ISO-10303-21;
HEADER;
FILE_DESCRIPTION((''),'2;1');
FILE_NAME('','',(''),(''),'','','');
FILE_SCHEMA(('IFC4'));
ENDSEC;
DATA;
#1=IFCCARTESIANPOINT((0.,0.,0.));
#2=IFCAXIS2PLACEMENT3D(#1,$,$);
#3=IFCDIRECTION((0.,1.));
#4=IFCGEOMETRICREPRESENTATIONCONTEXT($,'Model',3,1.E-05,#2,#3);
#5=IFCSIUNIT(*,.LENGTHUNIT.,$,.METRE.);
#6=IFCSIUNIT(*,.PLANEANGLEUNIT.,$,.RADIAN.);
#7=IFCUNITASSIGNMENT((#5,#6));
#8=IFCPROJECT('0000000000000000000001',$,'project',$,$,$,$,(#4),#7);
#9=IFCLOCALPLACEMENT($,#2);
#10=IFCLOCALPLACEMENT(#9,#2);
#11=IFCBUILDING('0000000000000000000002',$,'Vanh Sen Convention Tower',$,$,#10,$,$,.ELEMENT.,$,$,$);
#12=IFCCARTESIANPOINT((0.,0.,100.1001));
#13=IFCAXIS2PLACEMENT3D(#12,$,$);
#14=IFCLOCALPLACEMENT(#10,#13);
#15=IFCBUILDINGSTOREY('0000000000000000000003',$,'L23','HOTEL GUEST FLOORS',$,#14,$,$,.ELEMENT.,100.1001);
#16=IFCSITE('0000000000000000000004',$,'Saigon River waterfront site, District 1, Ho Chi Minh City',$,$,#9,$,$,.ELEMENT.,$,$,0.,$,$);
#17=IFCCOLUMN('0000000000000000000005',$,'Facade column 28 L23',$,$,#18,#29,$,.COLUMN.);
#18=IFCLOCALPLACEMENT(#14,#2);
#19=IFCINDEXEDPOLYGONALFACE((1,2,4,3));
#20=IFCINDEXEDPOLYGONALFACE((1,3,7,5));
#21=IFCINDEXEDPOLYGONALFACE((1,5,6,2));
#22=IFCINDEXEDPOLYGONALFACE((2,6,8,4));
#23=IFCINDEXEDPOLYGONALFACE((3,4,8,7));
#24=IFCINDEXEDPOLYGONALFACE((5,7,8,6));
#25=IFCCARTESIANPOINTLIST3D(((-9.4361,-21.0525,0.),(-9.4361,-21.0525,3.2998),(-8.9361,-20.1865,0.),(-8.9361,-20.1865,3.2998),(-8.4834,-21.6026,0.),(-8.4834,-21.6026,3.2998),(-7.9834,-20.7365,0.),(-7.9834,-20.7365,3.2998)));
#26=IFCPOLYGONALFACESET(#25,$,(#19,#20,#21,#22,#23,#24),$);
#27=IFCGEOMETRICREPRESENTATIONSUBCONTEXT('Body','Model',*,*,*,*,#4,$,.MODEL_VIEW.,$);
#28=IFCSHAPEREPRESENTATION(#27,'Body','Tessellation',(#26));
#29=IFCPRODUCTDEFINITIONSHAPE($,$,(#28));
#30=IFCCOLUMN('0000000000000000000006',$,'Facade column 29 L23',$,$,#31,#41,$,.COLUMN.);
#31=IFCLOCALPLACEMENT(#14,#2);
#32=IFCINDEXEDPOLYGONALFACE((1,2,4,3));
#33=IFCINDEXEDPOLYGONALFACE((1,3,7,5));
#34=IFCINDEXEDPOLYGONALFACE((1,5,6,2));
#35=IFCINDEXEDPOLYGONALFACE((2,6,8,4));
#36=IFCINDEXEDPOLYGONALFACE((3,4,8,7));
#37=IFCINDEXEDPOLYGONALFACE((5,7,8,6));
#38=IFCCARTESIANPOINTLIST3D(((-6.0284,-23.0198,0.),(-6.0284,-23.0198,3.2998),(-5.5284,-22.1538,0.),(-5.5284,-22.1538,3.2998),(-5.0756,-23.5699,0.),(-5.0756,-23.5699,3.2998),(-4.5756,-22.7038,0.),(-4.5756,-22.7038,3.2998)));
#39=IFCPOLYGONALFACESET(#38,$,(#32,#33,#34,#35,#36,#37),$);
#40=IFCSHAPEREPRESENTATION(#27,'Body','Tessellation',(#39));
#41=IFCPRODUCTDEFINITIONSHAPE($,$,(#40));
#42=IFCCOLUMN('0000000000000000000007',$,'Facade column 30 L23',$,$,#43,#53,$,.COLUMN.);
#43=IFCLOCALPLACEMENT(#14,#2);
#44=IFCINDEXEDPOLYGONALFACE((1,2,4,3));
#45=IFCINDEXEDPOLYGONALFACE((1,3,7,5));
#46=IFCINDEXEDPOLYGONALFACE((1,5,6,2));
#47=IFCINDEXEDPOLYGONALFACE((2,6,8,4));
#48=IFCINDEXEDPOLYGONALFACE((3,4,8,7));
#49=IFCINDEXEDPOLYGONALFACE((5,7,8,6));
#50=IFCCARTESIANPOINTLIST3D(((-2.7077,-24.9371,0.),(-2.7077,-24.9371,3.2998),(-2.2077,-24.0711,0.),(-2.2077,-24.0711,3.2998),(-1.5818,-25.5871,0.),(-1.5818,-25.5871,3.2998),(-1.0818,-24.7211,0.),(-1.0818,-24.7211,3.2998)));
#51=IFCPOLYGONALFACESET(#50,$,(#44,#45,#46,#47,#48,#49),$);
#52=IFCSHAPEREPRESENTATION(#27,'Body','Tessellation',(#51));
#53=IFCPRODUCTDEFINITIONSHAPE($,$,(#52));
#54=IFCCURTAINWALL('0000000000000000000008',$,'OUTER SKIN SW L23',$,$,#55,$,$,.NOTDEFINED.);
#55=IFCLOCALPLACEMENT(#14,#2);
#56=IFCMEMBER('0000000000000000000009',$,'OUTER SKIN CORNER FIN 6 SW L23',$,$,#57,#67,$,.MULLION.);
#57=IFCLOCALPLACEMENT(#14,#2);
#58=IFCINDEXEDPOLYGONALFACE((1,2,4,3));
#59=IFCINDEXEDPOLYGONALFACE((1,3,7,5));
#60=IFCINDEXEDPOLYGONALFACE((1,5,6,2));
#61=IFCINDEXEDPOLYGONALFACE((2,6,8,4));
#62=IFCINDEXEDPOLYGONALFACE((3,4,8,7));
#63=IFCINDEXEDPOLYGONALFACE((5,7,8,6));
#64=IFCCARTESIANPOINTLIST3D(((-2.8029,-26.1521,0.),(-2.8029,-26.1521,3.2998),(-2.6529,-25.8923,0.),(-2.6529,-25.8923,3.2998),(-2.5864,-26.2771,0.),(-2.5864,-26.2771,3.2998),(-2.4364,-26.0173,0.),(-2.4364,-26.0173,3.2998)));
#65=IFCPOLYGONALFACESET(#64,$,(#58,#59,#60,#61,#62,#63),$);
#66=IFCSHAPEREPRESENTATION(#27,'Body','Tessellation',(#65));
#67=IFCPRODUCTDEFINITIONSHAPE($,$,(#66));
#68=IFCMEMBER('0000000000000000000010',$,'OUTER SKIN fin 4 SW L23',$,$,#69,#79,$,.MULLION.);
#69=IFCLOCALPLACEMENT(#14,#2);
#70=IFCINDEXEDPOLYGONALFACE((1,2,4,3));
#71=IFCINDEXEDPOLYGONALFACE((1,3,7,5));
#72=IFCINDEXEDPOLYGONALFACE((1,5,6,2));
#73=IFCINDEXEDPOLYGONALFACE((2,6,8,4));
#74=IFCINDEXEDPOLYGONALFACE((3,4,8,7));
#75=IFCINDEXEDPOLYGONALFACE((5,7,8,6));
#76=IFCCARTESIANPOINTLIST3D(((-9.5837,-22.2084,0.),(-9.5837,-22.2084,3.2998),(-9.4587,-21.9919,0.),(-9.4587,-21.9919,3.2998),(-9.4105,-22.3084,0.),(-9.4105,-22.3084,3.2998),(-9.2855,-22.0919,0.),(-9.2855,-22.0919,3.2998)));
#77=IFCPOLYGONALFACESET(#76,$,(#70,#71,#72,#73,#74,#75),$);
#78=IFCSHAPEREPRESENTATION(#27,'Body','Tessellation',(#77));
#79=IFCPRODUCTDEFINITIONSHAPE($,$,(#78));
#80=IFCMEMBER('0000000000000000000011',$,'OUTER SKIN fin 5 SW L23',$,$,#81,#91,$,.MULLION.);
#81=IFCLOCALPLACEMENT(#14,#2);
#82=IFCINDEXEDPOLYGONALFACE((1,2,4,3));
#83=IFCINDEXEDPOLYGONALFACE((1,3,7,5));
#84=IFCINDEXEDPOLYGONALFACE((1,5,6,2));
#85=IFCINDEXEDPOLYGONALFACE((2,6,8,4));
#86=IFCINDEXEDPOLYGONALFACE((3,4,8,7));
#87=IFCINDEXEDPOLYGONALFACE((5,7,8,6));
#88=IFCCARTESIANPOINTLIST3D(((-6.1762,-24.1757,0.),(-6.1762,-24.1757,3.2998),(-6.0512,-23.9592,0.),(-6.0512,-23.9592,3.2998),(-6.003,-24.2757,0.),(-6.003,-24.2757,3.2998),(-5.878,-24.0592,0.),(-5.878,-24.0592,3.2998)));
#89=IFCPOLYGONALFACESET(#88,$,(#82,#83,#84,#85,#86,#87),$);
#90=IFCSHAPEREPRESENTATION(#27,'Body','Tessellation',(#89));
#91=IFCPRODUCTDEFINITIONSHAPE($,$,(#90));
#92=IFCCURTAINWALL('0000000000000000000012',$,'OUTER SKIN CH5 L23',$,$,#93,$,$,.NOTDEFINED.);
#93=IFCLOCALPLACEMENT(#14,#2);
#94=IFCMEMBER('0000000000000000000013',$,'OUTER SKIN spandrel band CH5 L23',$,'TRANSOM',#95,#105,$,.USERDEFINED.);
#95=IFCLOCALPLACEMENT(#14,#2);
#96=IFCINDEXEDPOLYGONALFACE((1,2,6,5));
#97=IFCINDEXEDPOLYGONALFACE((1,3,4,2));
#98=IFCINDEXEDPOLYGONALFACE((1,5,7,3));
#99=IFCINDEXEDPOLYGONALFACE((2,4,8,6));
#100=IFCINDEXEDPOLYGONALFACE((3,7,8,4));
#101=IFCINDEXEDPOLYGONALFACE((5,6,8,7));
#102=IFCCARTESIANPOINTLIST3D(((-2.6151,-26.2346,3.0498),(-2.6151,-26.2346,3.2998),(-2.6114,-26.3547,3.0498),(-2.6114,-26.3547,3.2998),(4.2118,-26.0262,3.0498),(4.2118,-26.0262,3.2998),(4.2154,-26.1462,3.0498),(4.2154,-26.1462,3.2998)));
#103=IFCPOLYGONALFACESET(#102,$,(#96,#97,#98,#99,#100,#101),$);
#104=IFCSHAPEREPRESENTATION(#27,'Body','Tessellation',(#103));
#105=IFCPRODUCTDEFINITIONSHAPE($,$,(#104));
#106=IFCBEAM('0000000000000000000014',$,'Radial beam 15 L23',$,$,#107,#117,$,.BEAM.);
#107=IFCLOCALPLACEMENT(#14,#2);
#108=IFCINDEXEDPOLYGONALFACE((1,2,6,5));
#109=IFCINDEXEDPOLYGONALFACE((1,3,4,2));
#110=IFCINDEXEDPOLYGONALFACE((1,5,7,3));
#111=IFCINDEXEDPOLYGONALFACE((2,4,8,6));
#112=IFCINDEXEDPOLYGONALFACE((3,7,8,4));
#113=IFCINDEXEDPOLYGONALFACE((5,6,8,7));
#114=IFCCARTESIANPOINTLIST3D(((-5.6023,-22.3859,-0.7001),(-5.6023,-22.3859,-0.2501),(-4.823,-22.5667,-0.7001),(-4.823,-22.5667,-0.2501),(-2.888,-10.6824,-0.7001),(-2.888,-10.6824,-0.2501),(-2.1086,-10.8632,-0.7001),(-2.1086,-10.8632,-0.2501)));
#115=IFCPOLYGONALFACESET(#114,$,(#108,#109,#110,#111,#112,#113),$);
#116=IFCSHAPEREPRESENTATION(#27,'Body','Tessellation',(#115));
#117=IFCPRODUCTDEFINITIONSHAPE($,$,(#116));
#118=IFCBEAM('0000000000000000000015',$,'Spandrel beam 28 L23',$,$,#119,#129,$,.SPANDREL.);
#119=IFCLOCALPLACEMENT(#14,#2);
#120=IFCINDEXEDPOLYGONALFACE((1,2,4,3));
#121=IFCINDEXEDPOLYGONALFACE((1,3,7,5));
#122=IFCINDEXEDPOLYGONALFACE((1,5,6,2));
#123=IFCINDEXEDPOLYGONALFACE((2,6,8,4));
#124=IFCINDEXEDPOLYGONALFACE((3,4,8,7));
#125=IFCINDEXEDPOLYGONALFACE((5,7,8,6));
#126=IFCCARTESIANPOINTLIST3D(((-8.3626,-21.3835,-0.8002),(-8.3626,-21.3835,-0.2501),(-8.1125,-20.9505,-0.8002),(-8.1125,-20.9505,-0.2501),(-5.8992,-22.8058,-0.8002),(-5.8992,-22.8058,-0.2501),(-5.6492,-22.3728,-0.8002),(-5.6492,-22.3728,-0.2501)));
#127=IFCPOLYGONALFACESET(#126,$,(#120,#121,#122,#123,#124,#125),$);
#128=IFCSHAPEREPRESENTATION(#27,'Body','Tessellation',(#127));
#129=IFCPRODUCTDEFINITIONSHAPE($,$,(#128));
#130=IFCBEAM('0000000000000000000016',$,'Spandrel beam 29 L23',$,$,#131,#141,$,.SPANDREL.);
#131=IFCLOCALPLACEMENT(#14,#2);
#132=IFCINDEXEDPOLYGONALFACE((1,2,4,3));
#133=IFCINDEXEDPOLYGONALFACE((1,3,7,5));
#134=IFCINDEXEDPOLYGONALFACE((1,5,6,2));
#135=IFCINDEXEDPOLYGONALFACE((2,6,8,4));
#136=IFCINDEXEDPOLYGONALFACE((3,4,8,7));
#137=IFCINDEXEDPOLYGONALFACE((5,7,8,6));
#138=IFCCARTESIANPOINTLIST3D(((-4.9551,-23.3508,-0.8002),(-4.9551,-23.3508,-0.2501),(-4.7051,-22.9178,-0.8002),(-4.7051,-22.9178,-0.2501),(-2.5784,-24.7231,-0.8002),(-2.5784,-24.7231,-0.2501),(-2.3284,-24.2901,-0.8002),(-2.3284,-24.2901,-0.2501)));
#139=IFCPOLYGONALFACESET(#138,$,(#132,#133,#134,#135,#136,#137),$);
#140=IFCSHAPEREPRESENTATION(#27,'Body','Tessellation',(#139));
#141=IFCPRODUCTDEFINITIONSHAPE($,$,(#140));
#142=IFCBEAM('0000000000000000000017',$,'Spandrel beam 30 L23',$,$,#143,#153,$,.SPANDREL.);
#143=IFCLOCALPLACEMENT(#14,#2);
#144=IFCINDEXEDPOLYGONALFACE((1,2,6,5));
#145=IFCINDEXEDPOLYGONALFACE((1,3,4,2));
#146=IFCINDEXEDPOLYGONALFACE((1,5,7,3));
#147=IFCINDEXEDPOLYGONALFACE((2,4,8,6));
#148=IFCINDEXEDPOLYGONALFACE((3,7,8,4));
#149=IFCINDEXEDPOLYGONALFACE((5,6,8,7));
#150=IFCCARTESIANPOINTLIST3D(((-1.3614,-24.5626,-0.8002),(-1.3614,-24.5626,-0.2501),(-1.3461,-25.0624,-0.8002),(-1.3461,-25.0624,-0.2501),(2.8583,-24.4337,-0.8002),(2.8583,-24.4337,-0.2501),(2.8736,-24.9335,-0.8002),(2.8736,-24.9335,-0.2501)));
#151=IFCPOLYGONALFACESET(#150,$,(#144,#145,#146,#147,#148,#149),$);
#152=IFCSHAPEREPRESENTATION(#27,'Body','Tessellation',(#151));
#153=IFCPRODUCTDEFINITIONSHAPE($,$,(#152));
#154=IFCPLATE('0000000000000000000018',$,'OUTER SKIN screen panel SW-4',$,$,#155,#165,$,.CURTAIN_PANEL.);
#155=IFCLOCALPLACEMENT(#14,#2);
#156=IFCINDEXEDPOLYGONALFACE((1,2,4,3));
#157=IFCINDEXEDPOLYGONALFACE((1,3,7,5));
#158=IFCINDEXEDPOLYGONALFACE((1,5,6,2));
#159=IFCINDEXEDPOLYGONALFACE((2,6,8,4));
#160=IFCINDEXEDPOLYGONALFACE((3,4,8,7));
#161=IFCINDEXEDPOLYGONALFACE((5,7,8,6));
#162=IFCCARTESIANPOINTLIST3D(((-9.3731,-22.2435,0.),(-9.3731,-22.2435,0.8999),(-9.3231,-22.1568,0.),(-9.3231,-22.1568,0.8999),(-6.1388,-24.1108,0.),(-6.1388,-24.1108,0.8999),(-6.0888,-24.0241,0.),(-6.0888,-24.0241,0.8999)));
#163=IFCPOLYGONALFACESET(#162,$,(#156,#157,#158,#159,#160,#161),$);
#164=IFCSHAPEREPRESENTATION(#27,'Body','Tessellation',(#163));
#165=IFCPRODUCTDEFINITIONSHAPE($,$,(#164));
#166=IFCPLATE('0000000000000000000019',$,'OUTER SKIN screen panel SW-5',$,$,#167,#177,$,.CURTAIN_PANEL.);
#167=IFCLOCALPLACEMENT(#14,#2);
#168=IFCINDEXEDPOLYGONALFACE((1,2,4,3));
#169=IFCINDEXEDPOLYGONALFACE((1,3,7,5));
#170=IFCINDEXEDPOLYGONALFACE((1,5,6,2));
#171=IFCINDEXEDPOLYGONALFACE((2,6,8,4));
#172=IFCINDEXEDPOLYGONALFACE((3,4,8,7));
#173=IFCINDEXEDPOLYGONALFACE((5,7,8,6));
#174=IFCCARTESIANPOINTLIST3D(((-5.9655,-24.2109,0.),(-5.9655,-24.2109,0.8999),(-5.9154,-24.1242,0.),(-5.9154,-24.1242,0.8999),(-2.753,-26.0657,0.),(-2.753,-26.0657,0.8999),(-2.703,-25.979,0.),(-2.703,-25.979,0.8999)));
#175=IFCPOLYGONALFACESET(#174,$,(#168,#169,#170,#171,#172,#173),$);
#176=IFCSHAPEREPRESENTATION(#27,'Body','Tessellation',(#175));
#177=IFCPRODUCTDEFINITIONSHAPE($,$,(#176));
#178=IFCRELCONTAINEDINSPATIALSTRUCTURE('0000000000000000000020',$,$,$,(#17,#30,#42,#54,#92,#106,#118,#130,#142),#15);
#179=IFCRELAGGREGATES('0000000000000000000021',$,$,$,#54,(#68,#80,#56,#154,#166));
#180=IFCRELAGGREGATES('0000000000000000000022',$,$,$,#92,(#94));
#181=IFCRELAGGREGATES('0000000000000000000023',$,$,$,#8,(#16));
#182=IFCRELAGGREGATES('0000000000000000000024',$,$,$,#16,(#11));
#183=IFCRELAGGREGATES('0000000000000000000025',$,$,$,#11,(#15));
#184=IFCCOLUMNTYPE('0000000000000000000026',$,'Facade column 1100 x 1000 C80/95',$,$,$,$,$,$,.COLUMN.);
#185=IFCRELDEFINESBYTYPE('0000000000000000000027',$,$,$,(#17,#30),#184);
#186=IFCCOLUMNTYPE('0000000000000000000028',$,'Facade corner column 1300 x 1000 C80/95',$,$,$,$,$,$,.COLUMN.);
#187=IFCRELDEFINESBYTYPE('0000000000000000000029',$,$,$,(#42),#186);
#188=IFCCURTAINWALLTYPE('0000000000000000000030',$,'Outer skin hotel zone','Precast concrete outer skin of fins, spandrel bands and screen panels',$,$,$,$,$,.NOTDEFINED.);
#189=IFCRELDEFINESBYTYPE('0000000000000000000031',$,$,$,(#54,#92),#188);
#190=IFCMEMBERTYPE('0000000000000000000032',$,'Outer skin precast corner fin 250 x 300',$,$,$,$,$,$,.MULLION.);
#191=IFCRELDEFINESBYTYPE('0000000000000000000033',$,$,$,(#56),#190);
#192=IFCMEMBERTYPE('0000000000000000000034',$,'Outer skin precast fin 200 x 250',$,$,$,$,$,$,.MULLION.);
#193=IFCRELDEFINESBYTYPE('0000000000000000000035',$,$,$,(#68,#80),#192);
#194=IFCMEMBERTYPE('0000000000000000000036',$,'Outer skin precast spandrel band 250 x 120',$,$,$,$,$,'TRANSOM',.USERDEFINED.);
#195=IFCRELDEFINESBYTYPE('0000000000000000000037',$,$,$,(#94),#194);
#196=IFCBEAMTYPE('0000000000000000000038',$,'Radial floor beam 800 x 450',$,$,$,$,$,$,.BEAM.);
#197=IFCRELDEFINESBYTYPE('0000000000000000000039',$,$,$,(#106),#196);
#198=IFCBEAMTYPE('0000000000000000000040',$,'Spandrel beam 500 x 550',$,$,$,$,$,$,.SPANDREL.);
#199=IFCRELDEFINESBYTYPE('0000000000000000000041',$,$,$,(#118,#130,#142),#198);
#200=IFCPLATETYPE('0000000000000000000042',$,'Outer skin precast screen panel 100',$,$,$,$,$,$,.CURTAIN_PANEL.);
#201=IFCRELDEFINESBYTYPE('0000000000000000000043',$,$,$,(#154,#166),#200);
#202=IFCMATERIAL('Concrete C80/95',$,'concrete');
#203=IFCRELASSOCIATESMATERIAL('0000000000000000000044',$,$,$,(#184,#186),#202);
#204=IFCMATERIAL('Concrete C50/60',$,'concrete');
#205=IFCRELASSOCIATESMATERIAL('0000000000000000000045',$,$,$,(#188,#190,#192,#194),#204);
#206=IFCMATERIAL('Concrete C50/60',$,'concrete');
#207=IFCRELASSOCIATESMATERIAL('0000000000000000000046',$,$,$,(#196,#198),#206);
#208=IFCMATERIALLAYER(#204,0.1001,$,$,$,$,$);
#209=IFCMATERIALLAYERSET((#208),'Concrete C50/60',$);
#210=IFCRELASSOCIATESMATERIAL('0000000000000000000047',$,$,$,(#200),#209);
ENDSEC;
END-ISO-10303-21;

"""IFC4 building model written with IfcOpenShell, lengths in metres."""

from ifc_helpers import new_model, si_unit, direction, frame, origin, origin_2d, place, context, subcontext, project, spatial, rectangle, extrude, material, layer, layer_set, material_profile, profile_set, type_object, element, aggregate, save


model = new_model("IFC4")

# Units and contexts
model_context = context("Model", 3, precision=1e-05, world=origin(), true_north=direction((0.0, 1.0)))
body_context = subcontext(model_context, "Body", "Model", "MODEL_VIEW")
ifc_project = project(units=[si_unit("LENGTHUNIT", "METRE"), si_unit("PLANEANGLEUNIT", "RADIAN")], contexts=[model_context])

# Site, building, storey
site_placement = place(None, origin())
site = spatial("IfcSite", under=ifc_project, at=site_placement, Name="Saigon River waterfront site, District 1, Ho Chi Minh City", CompositionType="ELEMENT", RefElevation=0.0)
building_placement = place(site_placement, origin())
building = spatial("IfcBuilding", under=site, at=building_placement, Name="Vanh Sen Convention Tower", CompositionType="ELEMENT")
storey_placement = place(building_placement, frame((0.0, 0.0, 100.1001)))
storey = spatial("IfcBuildingStorey", under=building, at=storey_placement, Name="L23", Description="HOTEL GUEST FLOORS", CompositionType="ELEMENT", Elevation=100.1001)

# Columns
ifc_material_1 = material(Name="Concrete C80/95", Category="concrete")
ifc_material_profile_1 = material_profile(ifc_material_1, rectangle(XDim=1.1001, YDim=1.0, at=origin_2d()), Name="RC 1100X1000")
ifc_profile_set_1 = profile_set([ifc_material_profile_1], Name="Concrete C80/95")
column_type_1 = type_object("IfcColumnType", Name="Facade column 1100 x 1000 C80/95", PredefinedType="COLUMN", material=ifc_profile_set_1)
for number, where, z_axis, x_axis, name in (
    (1, (-8.7097, -20.8945, 0.0), (0.0, 0.0, 1.0), (0.866025, -0.5, 0.0), "Facade column 28 L23"),
    (2, (-5.302, -22.8618, 0.0), (0.0, 0.0, 1.0), (0.866025, -0.5, 0.0), "Facade column 29 L23"),
):
    element("IfcColumn", number, at=place(storey_placement, frame(where, z_axis=z_axis, x_axis=x_axis)), inside=storey, type_object=column_type_1, Name=name, PredefinedType="COLUMN", context=body_context, shape_type="SweptSolid", body=[
        extrude(rectangle(XDim=1.1001, YDim=1.0, at=origin_2d()), origin(), (0.0, 0.0, 1.0), 3.2998),
    ])
ifc_material_profile_2 = material_profile(ifc_material_1, rectangle(XDim=1.3, YDim=1.0, at=origin_2d()), Name="RC 1300X1000")
ifc_profile_set_2 = profile_set([ifc_material_profile_2], Name="Concrete C80/95")
column_type_2 = type_object("IfcColumnType", Name="Facade corner column 1300 x 1000 C80/95", PredefinedType="COLUMN", material=ifc_profile_set_2)
column_placement = place(storey_placement, frame((-1.8948, -24.8291, 0.0), z_axis=(0.0, 0.0, 1.0), x_axis=(0.866025, -0.5, 0.0)))
element("IfcColumn", 3, at=column_placement, inside=storey, type_object=column_type_2, Name="Facade column 30 L23", PredefinedType="COLUMN", context=body_context, shape_type="SweptSolid", body=[
    extrude(rectangle(XDim=1.3, YDim=1.0, at=origin_2d()), origin(), (0.0, 0.0, 1.0), 3.2998),
])

# Curtain wall, members
ifc_material_2 = material(Name="Concrete C50/60", Category="concrete")
curtain_wall_type = type_object("IfcCurtainWallType", Name="Outer skin hotel zone", Description="Precast concrete outer skin of fins, spandrel bands and screen panels", PredefinedType="NOTDEFINED", material=ifc_material_2)
curtain_wall_1_placement = place(storey_placement, origin())
curtain_wall_1 = element("IfcCurtainWall", 4, at=curtain_wall_1_placement, inside=storey, type_object=curtain_wall_type, Name="OUTER SKIN SW L23", PredefinedType="NOTDEFINED")
ifc_material_profile_3 = material_profile(ifc_material_2, rectangle(XDim=0.25, YDim=0.3, at=origin_2d()), Name="Outer skin precast corner fin 250 x 300")
ifc_profile_set_3 = profile_set([ifc_material_profile_3], Name="Concrete C50/60")
member_type_1 = type_object("IfcMemberType", Name="Outer skin precast corner fin 250 x 300", PredefinedType="MULLION", material=ifc_profile_set_3)
member_1_placement = place(storey_placement, frame((-2.6196, -26.0847, 0.0), z_axis=(0.0, 0.0, 1.0), x_axis=(0.866025, -0.5, 0.0)))
member_1 = element("IfcMember", 5, at=member_1_placement, type_object=member_type_1, Name="OUTER SKIN CORNER FIN 6 SW L23", PredefinedType="MULLION", context=body_context, shape_type="SweptSolid", body=[
    extrude(rectangle(XDim=0.25, YDim=0.3, at=origin_2d()), origin(), (0.0, 0.0, 1.0), 3.2998),
])
ifc_material_profile_4 = material_profile(ifc_material_2, rectangle(XDim=0.2, YDim=0.25, at=origin_2d()), Name="Outer skin precast fin 200 x 250")
ifc_profile_set_4 = profile_set([ifc_material_profile_4], Name="Concrete C50/60")
member_type_2 = type_object("IfcMemberType", Name="Outer skin precast fin 200 x 250", PredefinedType="MULLION", material=ifc_profile_set_4)
member_2_placement = place(storey_placement, frame((-9.4346, -22.1501, 0.0), z_axis=(0.0, 0.0, 1.0), x_axis=(0.866025, -0.5, 0.0)))
member_2 = element("IfcMember", 6, at=member_2_placement, type_object=member_type_2, Name="OUTER SKIN fin 4 SW L23", PredefinedType="MULLION", context=body_context, shape_type="SweptSolid", body=[
    extrude(rectangle(XDim=0.2, YDim=0.25, at=origin_2d()), origin(), (0.0, 0.0, 1.0), 3.2998),
])
member_3_placement = place(storey_placement, frame((-6.0271, -24.1174, 0.0), z_axis=(0.0, 0.0, 1.0), x_axis=(0.866025, -0.5, 0.0)))
member_3 = element("IfcMember", 7, at=member_3_placement, type_object=member_type_2, Name="OUTER SKIN fin 5 SW L23", PredefinedType="MULLION", context=body_context, shape_type="SweptSolid", body=[
    extrude(rectangle(XDim=0.2, YDim=0.25, at=origin_2d()), origin(), (0.0, 0.0, 1.0), 3.2998),
])

# Curtain wall, member
curtain_wall_2_placement = place(storey_placement, origin())
curtain_wall_2 = element("IfcCurtainWall", 8, at=curtain_wall_2_placement, inside=storey, type_object=curtain_wall_type, Name="OUTER SKIN CH5 L23", PredefinedType="NOTDEFINED")
ifc_material_profile_5 = material_profile(ifc_material_2, rectangle(XDim=0.1201, YDim=0.25, at=origin_2d()), Name="Outer skin precast spandrel band 250 x 120")
ifc_profile_set_5 = profile_set([ifc_material_profile_5], Name="Concrete C50/60")
member_type_3 = type_object("IfcMemberType", Name="Outer skin precast spandrel band 250 x 120", ElementType="TRANSOM", PredefinedType="USERDEFINED", material=ifc_profile_set_5)
member_4_placement = place(storey_placement, frame((-2.6133, -26.2947, 3.1748), z_axis=(0.999534, 0.030526, 0.0), x_axis=(-0.030526, 0.999534, 0.0)))
member_4 = element("IfcMember", 9, at=member_4_placement, type_object=member_type_3, Name="OUTER SKIN spandrel band CH5 L23", ObjectType="TRANSOM", PredefinedType="USERDEFINED", context=body_context, shape_type="SweptSolid", body=[
    extrude(rectangle(XDim=0.1201, YDim=0.25, at=origin_2d()), origin(), (0.0, 0.0, 1.0), 6.8301),
])

# Beams
ifc_material_3 = material(Name="Concrete C50/60", Category="concrete")
ifc_material_profile_6 = material_profile(ifc_material_3, rectangle(XDim=0.8, YDim=0.45, at=origin_2d()), Name="RC 800X450")
ifc_profile_set_6 = profile_set([ifc_material_profile_6], Name="Concrete C50/60")
beam_type_1 = type_object("IfcBeamType", Name="Radial floor beam 800 x 450", PredefinedType="BEAM", material=ifc_profile_set_6)
beam_1_placement = place(storey_placement, frame((-5.2126, -22.4763, -0.4751), z_axis=(0.225928, 0.974144, 0.0), x_axis=(-0.974144, 0.225928, 0.0)))
element("IfcBeam", 10, at=beam_1_placement, inside=storey, type_object=beam_type_1, Name="Radial beam 15 L23", PredefinedType="BEAM", context=body_context, shape_type="SweptSolid", body=[
    extrude(rectangle(XDim=0.8, YDim=0.45, at=origin_2d()), origin(), (0.0, 0.0, 1.0), 12.0142),
])
ifc_material_profile_7 = material_profile(ifc_material_3, rectangle(XDim=0.5, YDim=0.55, at=origin_2d()), Name="RC 500X550")
ifc_profile_set_7 = profile_set([ifc_material_profile_7], Name="Concrete C50/60")
beam_type_2 = type_object("IfcBeamType", Name="Spandrel beam 500 x 550", PredefinedType="SPANDREL", material=ifc_profile_set_7)
beam_2_placement = place(storey_placement, frame((-8.2375, -21.167, -0.5251), z_axis=(0.866005, -0.500034, 0.0), x_axis=(0.500034, 0.866005, 0.0)))
element("IfcBeam", 11, at=beam_2_placement, inside=storey, type_object=beam_type_2, Name="Spandrel beam 28 L23", PredefinedType="SPANDREL", context=body_context, shape_type="SweptSolid", body=[
    extrude(rectangle(XDim=0.5, YDim=0.55, at=origin_2d()), origin(), (0.0, 0.0, 1.0), 2.8445),
])
beam_3_placement = place(storey_placement, frame((-4.8301, -23.1343, -0.5251), z_axis=(0.866006, -0.500033, 0.0), x_axis=(0.500033, 0.866006, 0.0)))
element("IfcBeam", 12, at=beam_3_placement, inside=storey, type_object=beam_type_2, Name="Spandrel beam 29 L23", PredefinedType="SPANDREL", context=body_context, shape_type="SweptSolid", body=[
    extrude(rectangle(XDim=0.5, YDim=0.55, at=origin_2d()), origin(), (0.0, 0.0, 1.0), 2.7444),
])
beam_4_placement = place(storey_placement, frame((-1.3538, -24.8125, -0.5251), z_axis=(0.999534, 0.030534, 0.0), x_axis=(-0.030534, 0.999534, 0.0)))
element("IfcBeam", 13, at=beam_4_placement, inside=storey, type_object=beam_type_2, Name="Spandrel beam 30 L23", PredefinedType="SPANDREL", context=body_context, shape_type="SweptSolid", body=[
    extrude(rectangle(XDim=0.5, YDim=0.55, at=origin_2d()), origin(), (0.0, 0.0, 1.0), 4.2217),
])

# Plates
ifc_layer_1 = layer(ifc_material_2, 0.1001)
ifc_layer_set_1 = layer_set([ifc_layer_1], Name="Concrete C50/60")
plate_type = type_object("IfcPlateType", Name="Outer skin precast screen panel 100", PredefinedType="CURTAIN_PANEL", material=ifc_layer_set_1)
plate_1_placement = place(storey_placement, frame((-7.731, -23.1338, 0.0), z_axis=(0.0, 0.0, 1.0), x_axis=(0.866028, -0.499995, 0.0)))
plate_1 = element("IfcPlate", 14, at=plate_1_placement, type_object=plate_type, Name="OUTER SKIN screen panel SW-4", PredefinedType="CURTAIN_PANEL", context=body_context, shape_type="SweptSolid", body=[
    extrude(rectangle(XDim=3.7346, YDim=0.1001, at=origin_2d()), origin(), (0.0, 0.0, 1.0), 0.8999),
])
plate_2_placement = place(storey_placement, frame((-4.3342, -25.095, 0.0), z_axis=(0.0, 0.0, 1.0), x_axis=(0.866021, -0.500008, 0.0)))
plate_2 = element("IfcPlate", 15, at=plate_2_placement, type_object=plate_type, Name="OUTER SKIN screen panel SW-5", PredefinedType="CURTAIN_PANEL", context=body_context, shape_type="SweptSolid", body=[
    extrude(rectangle(XDim=3.7095, YDim=0.1001, at=origin_2d()), origin(), (0.0, 0.0, 1.0), 0.8999),
])
aggregate(curtain_wall_1, [member_2, member_3, member_1, plate_1, plate_2])
aggregate(curtain_wall_2, [member_4])

save(model, "model.ifc")
